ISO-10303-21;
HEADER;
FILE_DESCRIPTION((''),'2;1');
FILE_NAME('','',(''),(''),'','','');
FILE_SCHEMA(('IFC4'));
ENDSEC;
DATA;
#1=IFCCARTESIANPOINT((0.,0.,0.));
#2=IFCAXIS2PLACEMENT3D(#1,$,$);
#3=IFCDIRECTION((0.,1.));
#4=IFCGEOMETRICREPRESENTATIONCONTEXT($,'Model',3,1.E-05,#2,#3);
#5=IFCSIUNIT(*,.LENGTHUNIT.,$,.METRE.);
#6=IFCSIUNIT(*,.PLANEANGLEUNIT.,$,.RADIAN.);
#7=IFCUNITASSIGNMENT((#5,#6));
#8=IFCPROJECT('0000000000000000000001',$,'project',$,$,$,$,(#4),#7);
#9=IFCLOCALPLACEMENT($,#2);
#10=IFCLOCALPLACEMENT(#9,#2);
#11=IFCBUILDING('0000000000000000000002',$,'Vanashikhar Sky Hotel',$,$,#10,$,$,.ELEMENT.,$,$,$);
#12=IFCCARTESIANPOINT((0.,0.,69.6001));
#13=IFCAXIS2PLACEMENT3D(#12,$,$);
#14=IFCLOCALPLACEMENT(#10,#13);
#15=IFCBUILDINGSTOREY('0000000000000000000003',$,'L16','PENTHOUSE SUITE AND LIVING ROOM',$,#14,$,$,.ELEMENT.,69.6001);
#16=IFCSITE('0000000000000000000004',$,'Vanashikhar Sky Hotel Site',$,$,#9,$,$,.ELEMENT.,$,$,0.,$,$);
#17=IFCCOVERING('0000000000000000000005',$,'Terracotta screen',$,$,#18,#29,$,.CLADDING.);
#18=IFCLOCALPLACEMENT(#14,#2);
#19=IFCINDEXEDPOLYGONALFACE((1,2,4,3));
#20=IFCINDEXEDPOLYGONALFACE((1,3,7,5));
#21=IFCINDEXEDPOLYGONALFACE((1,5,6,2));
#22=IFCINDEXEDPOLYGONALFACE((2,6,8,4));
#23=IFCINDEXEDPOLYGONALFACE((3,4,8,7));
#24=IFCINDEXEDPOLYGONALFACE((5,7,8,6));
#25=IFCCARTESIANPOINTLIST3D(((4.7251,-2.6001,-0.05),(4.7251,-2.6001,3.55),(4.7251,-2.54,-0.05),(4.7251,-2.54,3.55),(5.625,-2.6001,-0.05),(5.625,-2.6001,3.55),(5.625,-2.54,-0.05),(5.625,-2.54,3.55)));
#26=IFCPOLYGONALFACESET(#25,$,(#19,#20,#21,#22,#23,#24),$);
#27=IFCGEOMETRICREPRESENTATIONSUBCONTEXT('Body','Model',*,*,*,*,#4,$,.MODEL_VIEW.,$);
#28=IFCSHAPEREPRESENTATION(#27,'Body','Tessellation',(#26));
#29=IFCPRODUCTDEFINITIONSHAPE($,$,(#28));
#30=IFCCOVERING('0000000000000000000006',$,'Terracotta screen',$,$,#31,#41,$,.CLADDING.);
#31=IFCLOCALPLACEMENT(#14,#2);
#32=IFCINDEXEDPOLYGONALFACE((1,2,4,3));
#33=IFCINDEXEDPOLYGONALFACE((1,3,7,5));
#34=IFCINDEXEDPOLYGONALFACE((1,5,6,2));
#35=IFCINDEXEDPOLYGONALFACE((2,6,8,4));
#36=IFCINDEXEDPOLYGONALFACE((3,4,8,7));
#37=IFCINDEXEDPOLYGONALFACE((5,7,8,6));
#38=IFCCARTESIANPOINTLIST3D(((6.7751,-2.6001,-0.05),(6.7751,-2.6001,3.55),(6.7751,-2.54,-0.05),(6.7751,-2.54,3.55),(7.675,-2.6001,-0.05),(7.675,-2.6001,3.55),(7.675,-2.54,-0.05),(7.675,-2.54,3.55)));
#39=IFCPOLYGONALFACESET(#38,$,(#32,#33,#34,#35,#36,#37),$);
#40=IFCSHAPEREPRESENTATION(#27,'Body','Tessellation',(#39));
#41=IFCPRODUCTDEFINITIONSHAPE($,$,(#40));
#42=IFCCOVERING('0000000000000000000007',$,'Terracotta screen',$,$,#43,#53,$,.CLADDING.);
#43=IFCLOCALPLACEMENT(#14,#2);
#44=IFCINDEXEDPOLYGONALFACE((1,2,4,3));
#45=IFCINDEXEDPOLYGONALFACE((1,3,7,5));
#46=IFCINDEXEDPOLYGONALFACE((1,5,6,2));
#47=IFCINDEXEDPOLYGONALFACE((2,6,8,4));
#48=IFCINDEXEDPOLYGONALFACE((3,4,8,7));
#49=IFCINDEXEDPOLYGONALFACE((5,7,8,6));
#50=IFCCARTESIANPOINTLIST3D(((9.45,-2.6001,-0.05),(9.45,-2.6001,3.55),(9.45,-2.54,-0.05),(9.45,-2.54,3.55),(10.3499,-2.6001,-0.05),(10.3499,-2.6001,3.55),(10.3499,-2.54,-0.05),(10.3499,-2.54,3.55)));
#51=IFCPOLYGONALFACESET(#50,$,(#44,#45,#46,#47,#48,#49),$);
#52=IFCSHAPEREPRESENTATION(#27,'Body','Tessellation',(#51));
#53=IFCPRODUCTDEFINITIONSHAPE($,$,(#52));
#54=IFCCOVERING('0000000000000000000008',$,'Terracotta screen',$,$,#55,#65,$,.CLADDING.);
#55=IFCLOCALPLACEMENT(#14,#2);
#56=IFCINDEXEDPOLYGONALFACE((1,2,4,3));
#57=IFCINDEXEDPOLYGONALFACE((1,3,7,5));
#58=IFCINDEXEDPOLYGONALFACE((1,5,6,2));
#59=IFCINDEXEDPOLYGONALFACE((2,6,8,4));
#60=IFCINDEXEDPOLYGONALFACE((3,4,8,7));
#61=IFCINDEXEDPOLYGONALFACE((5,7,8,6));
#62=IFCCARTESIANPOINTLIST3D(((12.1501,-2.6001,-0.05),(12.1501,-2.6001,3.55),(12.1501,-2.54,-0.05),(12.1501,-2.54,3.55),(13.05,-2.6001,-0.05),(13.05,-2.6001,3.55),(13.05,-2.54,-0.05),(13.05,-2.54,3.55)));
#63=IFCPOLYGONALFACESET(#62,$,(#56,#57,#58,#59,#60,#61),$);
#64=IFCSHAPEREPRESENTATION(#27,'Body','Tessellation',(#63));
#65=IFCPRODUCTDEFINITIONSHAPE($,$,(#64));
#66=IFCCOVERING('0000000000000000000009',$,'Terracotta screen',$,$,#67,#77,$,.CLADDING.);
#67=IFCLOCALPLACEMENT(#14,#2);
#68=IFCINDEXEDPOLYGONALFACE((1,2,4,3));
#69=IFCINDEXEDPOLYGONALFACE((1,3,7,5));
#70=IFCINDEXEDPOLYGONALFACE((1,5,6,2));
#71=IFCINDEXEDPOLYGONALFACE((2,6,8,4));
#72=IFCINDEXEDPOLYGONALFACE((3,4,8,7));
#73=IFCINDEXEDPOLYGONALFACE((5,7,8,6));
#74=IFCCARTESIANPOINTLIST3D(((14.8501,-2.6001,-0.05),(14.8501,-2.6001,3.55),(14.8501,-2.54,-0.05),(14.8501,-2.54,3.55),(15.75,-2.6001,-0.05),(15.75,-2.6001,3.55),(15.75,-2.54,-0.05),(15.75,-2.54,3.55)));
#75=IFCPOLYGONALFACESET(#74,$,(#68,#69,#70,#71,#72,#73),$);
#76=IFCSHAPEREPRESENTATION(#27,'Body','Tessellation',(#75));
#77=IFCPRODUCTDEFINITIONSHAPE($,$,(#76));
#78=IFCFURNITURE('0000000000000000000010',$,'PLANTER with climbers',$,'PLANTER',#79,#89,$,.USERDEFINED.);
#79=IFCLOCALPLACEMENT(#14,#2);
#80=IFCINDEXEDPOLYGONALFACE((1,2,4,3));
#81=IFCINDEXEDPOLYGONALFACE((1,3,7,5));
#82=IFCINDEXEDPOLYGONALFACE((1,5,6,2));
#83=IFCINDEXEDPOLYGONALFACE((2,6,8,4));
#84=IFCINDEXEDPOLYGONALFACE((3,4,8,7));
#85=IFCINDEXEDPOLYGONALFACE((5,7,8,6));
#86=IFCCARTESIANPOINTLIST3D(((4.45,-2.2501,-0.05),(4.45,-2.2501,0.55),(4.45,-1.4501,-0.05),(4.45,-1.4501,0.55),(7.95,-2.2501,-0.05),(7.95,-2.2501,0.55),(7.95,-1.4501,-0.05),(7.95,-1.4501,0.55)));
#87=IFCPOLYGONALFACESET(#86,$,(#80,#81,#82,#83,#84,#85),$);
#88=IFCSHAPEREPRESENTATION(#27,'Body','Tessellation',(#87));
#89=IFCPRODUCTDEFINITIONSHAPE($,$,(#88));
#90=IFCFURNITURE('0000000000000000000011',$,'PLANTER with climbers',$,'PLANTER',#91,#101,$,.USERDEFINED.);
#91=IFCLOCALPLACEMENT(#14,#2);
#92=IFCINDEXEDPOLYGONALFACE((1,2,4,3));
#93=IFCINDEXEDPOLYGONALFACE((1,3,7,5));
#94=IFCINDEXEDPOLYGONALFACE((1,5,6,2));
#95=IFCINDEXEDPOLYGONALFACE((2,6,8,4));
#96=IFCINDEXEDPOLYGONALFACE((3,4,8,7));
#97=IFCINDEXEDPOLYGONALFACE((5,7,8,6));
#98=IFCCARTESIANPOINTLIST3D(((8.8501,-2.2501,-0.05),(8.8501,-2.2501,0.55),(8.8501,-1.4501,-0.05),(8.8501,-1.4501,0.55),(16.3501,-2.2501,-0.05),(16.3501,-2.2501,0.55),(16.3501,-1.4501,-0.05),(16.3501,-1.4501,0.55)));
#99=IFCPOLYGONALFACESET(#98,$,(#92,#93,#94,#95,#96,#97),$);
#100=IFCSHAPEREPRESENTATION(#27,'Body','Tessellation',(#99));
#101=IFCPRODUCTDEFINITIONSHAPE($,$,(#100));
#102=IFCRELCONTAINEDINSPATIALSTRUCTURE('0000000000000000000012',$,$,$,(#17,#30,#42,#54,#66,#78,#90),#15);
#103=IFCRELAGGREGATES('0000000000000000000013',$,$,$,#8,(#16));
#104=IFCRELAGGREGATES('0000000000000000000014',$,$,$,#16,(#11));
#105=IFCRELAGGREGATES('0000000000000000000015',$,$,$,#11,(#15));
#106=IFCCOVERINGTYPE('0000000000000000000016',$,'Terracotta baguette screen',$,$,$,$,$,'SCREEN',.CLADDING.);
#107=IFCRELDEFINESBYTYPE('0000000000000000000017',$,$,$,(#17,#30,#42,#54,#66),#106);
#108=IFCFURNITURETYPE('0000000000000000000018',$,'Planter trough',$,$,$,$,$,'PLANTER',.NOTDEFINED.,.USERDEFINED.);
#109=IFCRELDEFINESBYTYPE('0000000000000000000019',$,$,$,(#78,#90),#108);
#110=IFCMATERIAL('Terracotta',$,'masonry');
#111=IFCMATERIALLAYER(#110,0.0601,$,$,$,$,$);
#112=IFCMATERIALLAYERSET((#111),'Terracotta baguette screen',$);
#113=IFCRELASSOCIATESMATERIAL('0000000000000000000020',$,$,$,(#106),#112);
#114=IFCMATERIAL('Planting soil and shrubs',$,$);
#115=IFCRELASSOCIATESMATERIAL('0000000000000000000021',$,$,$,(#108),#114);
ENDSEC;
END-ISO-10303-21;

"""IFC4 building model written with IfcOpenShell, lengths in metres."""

from ifc_helpers import new_model, si_unit, direction, frame, origin, origin_2d, place, context, subcontext, project, spatial, rectangle, extrude, source, transform, mapped, material, layer, layer_set, type_object, element, save


model = new_model("IFC4")

# Units and contexts
model_context = context("Model", 3, precision=1e-05, world=origin(), true_north=direction((0.0, 1.0)))
body_context = subcontext(model_context, "Body", "Model", "MODEL_VIEW")
ifc_project = project(units=[si_unit("LENGTHUNIT", "METRE"), si_unit("PLANEANGLEUNIT", "RADIAN")], contexts=[model_context])

# Site, building, storey
site_placement = place(None, origin())
site = spatial("IfcSite", under=ifc_project, at=site_placement, Name="Vanashikhar Sky Hotel Site", CompositionType="ELEMENT", RefElevation=0.0)
building_placement = place(site_placement, origin())
building = spatial("IfcBuilding", under=site, at=building_placement, Name="Vanashikhar Sky Hotel", CompositionType="ELEMENT")
storey_placement = place(building_placement, frame((0.0, 0.0, 69.6001)))
storey = spatial("IfcBuildingStorey", under=building, at=storey_placement, Name="L16", Description="PENTHOUSE SUITE AND LIVING ROOM", CompositionType="ELEMENT", Elevation=69.6001)

# Coverings
ifc_material_1 = material(Name="Terracotta", Category="masonry")
ifc_layer_1 = layer(ifc_material_1, 0.0601)
ifc_layer_set_1 = layer_set([ifc_layer_1], Name="Terracotta baguette screen")
covering_type = type_object("IfcCoveringType", Name="Terracotta baguette screen", ElementType="SCREEN", PredefinedType="CLADDING", material=ifc_layer_set_1)
shared_shape_1 = source(origin(), body_context, "Body", "SweptSolid", [
    extrude(rectangle(XDim=0.8999, YDim=0.0601, at=origin_2d()), origin(), (0.0, 0.0, 1.0), 3.6001),
])
for number, where, z_axis, x_axis, name in (
    (1, (5.175, -2.5701, -0.05), (0.0, 0.0, 1.0), (1.0, 0.0, 0.0), "Terracotta screen"),
    (2, (7.2251, -2.5701, -0.05), (0.0, 0.0, 1.0), (1.0, 0.0, 0.0), "Terracotta screen"),
    (3, (9.8999, -2.5701, -0.05), (0.0, 0.0, 1.0), (1.0, 0.0, 0.0), "Terracotta screen"),
    (4, (12.6001, -2.5701, -0.05), (0.0, 0.0, 1.0), (1.0, 0.0, 0.0), "Terracotta screen"),
    (5, (15.3, -2.5701, -0.05), (0.0, 0.0, 1.0), (1.0, 0.0, 0.0), "Terracotta screen"),
):
    element("IfcCovering", number, at=place(storey_placement, frame(where, z_axis=z_axis, x_axis=x_axis)), inside=storey, type_object=covering_type, Name=name, PredefinedType="CLADDING", context=body_context, shape_type="MappedRepresentation", body=[
        mapped(shared_shape_1, transform((0.0, 0.0, 0.0), scale=1.0)),
    ])

# Furniture
ifc_material_2 = material(Name="Planting soil and shrubs")
furniture_type = type_object("IfcFurnitureType", Name="Planter trough", ElementType="PLANTER", AssemblyPlace="NOTDEFINED", PredefinedType="USERDEFINED", material=ifc_material_2)
shared_shape_2 = source(origin(), body_context, "Body", "SweptSolid", [
    extrude(rectangle(XDim=3.5, YDim=0.8, at=origin_2d()), origin(), (0.0, 0.0, 1.0), 0.6001),
])
furniture_1_placement = place(storey_placement, frame((6.2, -1.8501, -0.05), z_axis=(0.0, 0.0, 1.0), x_axis=(1.0, 0.0, 0.0)))
element("IfcFurniture", 6, at=furniture_1_placement, inside=storey, type_object=furniture_type, Name="PLANTER with climbers", ObjectType="PLANTER", PredefinedType="USERDEFINED", context=body_context, shape_type="MappedRepresentation", body=[
    mapped(shared_shape_2, transform((0.0, 0.0, 0.0), scale=1.0)),
])
shared_shape_3 = source(origin(), body_context, "Body", "SweptSolid", [
    extrude(rectangle(XDim=7.5, YDim=0.8, at=origin_2d()), origin(), (0.0, 0.0, 1.0), 0.6001),
])
furniture_2_placement = place(storey_placement, frame((12.6001, -1.8501, -0.05), z_axis=(0.0, 0.0, 1.0), x_axis=(1.0, 0.0, 0.0)))
element("IfcFurniture", 7, at=furniture_2_placement, inside=storey, type_object=furniture_type, Name="PLANTER with climbers", ObjectType="PLANTER", PredefinedType="USERDEFINED", context=body_context, shape_type="MappedRepresentation", body=[
    mapped(shared_shape_3, transform((0.0, 0.0, 0.0), scale=1.0)),
])

save(model, "model.ifc")
